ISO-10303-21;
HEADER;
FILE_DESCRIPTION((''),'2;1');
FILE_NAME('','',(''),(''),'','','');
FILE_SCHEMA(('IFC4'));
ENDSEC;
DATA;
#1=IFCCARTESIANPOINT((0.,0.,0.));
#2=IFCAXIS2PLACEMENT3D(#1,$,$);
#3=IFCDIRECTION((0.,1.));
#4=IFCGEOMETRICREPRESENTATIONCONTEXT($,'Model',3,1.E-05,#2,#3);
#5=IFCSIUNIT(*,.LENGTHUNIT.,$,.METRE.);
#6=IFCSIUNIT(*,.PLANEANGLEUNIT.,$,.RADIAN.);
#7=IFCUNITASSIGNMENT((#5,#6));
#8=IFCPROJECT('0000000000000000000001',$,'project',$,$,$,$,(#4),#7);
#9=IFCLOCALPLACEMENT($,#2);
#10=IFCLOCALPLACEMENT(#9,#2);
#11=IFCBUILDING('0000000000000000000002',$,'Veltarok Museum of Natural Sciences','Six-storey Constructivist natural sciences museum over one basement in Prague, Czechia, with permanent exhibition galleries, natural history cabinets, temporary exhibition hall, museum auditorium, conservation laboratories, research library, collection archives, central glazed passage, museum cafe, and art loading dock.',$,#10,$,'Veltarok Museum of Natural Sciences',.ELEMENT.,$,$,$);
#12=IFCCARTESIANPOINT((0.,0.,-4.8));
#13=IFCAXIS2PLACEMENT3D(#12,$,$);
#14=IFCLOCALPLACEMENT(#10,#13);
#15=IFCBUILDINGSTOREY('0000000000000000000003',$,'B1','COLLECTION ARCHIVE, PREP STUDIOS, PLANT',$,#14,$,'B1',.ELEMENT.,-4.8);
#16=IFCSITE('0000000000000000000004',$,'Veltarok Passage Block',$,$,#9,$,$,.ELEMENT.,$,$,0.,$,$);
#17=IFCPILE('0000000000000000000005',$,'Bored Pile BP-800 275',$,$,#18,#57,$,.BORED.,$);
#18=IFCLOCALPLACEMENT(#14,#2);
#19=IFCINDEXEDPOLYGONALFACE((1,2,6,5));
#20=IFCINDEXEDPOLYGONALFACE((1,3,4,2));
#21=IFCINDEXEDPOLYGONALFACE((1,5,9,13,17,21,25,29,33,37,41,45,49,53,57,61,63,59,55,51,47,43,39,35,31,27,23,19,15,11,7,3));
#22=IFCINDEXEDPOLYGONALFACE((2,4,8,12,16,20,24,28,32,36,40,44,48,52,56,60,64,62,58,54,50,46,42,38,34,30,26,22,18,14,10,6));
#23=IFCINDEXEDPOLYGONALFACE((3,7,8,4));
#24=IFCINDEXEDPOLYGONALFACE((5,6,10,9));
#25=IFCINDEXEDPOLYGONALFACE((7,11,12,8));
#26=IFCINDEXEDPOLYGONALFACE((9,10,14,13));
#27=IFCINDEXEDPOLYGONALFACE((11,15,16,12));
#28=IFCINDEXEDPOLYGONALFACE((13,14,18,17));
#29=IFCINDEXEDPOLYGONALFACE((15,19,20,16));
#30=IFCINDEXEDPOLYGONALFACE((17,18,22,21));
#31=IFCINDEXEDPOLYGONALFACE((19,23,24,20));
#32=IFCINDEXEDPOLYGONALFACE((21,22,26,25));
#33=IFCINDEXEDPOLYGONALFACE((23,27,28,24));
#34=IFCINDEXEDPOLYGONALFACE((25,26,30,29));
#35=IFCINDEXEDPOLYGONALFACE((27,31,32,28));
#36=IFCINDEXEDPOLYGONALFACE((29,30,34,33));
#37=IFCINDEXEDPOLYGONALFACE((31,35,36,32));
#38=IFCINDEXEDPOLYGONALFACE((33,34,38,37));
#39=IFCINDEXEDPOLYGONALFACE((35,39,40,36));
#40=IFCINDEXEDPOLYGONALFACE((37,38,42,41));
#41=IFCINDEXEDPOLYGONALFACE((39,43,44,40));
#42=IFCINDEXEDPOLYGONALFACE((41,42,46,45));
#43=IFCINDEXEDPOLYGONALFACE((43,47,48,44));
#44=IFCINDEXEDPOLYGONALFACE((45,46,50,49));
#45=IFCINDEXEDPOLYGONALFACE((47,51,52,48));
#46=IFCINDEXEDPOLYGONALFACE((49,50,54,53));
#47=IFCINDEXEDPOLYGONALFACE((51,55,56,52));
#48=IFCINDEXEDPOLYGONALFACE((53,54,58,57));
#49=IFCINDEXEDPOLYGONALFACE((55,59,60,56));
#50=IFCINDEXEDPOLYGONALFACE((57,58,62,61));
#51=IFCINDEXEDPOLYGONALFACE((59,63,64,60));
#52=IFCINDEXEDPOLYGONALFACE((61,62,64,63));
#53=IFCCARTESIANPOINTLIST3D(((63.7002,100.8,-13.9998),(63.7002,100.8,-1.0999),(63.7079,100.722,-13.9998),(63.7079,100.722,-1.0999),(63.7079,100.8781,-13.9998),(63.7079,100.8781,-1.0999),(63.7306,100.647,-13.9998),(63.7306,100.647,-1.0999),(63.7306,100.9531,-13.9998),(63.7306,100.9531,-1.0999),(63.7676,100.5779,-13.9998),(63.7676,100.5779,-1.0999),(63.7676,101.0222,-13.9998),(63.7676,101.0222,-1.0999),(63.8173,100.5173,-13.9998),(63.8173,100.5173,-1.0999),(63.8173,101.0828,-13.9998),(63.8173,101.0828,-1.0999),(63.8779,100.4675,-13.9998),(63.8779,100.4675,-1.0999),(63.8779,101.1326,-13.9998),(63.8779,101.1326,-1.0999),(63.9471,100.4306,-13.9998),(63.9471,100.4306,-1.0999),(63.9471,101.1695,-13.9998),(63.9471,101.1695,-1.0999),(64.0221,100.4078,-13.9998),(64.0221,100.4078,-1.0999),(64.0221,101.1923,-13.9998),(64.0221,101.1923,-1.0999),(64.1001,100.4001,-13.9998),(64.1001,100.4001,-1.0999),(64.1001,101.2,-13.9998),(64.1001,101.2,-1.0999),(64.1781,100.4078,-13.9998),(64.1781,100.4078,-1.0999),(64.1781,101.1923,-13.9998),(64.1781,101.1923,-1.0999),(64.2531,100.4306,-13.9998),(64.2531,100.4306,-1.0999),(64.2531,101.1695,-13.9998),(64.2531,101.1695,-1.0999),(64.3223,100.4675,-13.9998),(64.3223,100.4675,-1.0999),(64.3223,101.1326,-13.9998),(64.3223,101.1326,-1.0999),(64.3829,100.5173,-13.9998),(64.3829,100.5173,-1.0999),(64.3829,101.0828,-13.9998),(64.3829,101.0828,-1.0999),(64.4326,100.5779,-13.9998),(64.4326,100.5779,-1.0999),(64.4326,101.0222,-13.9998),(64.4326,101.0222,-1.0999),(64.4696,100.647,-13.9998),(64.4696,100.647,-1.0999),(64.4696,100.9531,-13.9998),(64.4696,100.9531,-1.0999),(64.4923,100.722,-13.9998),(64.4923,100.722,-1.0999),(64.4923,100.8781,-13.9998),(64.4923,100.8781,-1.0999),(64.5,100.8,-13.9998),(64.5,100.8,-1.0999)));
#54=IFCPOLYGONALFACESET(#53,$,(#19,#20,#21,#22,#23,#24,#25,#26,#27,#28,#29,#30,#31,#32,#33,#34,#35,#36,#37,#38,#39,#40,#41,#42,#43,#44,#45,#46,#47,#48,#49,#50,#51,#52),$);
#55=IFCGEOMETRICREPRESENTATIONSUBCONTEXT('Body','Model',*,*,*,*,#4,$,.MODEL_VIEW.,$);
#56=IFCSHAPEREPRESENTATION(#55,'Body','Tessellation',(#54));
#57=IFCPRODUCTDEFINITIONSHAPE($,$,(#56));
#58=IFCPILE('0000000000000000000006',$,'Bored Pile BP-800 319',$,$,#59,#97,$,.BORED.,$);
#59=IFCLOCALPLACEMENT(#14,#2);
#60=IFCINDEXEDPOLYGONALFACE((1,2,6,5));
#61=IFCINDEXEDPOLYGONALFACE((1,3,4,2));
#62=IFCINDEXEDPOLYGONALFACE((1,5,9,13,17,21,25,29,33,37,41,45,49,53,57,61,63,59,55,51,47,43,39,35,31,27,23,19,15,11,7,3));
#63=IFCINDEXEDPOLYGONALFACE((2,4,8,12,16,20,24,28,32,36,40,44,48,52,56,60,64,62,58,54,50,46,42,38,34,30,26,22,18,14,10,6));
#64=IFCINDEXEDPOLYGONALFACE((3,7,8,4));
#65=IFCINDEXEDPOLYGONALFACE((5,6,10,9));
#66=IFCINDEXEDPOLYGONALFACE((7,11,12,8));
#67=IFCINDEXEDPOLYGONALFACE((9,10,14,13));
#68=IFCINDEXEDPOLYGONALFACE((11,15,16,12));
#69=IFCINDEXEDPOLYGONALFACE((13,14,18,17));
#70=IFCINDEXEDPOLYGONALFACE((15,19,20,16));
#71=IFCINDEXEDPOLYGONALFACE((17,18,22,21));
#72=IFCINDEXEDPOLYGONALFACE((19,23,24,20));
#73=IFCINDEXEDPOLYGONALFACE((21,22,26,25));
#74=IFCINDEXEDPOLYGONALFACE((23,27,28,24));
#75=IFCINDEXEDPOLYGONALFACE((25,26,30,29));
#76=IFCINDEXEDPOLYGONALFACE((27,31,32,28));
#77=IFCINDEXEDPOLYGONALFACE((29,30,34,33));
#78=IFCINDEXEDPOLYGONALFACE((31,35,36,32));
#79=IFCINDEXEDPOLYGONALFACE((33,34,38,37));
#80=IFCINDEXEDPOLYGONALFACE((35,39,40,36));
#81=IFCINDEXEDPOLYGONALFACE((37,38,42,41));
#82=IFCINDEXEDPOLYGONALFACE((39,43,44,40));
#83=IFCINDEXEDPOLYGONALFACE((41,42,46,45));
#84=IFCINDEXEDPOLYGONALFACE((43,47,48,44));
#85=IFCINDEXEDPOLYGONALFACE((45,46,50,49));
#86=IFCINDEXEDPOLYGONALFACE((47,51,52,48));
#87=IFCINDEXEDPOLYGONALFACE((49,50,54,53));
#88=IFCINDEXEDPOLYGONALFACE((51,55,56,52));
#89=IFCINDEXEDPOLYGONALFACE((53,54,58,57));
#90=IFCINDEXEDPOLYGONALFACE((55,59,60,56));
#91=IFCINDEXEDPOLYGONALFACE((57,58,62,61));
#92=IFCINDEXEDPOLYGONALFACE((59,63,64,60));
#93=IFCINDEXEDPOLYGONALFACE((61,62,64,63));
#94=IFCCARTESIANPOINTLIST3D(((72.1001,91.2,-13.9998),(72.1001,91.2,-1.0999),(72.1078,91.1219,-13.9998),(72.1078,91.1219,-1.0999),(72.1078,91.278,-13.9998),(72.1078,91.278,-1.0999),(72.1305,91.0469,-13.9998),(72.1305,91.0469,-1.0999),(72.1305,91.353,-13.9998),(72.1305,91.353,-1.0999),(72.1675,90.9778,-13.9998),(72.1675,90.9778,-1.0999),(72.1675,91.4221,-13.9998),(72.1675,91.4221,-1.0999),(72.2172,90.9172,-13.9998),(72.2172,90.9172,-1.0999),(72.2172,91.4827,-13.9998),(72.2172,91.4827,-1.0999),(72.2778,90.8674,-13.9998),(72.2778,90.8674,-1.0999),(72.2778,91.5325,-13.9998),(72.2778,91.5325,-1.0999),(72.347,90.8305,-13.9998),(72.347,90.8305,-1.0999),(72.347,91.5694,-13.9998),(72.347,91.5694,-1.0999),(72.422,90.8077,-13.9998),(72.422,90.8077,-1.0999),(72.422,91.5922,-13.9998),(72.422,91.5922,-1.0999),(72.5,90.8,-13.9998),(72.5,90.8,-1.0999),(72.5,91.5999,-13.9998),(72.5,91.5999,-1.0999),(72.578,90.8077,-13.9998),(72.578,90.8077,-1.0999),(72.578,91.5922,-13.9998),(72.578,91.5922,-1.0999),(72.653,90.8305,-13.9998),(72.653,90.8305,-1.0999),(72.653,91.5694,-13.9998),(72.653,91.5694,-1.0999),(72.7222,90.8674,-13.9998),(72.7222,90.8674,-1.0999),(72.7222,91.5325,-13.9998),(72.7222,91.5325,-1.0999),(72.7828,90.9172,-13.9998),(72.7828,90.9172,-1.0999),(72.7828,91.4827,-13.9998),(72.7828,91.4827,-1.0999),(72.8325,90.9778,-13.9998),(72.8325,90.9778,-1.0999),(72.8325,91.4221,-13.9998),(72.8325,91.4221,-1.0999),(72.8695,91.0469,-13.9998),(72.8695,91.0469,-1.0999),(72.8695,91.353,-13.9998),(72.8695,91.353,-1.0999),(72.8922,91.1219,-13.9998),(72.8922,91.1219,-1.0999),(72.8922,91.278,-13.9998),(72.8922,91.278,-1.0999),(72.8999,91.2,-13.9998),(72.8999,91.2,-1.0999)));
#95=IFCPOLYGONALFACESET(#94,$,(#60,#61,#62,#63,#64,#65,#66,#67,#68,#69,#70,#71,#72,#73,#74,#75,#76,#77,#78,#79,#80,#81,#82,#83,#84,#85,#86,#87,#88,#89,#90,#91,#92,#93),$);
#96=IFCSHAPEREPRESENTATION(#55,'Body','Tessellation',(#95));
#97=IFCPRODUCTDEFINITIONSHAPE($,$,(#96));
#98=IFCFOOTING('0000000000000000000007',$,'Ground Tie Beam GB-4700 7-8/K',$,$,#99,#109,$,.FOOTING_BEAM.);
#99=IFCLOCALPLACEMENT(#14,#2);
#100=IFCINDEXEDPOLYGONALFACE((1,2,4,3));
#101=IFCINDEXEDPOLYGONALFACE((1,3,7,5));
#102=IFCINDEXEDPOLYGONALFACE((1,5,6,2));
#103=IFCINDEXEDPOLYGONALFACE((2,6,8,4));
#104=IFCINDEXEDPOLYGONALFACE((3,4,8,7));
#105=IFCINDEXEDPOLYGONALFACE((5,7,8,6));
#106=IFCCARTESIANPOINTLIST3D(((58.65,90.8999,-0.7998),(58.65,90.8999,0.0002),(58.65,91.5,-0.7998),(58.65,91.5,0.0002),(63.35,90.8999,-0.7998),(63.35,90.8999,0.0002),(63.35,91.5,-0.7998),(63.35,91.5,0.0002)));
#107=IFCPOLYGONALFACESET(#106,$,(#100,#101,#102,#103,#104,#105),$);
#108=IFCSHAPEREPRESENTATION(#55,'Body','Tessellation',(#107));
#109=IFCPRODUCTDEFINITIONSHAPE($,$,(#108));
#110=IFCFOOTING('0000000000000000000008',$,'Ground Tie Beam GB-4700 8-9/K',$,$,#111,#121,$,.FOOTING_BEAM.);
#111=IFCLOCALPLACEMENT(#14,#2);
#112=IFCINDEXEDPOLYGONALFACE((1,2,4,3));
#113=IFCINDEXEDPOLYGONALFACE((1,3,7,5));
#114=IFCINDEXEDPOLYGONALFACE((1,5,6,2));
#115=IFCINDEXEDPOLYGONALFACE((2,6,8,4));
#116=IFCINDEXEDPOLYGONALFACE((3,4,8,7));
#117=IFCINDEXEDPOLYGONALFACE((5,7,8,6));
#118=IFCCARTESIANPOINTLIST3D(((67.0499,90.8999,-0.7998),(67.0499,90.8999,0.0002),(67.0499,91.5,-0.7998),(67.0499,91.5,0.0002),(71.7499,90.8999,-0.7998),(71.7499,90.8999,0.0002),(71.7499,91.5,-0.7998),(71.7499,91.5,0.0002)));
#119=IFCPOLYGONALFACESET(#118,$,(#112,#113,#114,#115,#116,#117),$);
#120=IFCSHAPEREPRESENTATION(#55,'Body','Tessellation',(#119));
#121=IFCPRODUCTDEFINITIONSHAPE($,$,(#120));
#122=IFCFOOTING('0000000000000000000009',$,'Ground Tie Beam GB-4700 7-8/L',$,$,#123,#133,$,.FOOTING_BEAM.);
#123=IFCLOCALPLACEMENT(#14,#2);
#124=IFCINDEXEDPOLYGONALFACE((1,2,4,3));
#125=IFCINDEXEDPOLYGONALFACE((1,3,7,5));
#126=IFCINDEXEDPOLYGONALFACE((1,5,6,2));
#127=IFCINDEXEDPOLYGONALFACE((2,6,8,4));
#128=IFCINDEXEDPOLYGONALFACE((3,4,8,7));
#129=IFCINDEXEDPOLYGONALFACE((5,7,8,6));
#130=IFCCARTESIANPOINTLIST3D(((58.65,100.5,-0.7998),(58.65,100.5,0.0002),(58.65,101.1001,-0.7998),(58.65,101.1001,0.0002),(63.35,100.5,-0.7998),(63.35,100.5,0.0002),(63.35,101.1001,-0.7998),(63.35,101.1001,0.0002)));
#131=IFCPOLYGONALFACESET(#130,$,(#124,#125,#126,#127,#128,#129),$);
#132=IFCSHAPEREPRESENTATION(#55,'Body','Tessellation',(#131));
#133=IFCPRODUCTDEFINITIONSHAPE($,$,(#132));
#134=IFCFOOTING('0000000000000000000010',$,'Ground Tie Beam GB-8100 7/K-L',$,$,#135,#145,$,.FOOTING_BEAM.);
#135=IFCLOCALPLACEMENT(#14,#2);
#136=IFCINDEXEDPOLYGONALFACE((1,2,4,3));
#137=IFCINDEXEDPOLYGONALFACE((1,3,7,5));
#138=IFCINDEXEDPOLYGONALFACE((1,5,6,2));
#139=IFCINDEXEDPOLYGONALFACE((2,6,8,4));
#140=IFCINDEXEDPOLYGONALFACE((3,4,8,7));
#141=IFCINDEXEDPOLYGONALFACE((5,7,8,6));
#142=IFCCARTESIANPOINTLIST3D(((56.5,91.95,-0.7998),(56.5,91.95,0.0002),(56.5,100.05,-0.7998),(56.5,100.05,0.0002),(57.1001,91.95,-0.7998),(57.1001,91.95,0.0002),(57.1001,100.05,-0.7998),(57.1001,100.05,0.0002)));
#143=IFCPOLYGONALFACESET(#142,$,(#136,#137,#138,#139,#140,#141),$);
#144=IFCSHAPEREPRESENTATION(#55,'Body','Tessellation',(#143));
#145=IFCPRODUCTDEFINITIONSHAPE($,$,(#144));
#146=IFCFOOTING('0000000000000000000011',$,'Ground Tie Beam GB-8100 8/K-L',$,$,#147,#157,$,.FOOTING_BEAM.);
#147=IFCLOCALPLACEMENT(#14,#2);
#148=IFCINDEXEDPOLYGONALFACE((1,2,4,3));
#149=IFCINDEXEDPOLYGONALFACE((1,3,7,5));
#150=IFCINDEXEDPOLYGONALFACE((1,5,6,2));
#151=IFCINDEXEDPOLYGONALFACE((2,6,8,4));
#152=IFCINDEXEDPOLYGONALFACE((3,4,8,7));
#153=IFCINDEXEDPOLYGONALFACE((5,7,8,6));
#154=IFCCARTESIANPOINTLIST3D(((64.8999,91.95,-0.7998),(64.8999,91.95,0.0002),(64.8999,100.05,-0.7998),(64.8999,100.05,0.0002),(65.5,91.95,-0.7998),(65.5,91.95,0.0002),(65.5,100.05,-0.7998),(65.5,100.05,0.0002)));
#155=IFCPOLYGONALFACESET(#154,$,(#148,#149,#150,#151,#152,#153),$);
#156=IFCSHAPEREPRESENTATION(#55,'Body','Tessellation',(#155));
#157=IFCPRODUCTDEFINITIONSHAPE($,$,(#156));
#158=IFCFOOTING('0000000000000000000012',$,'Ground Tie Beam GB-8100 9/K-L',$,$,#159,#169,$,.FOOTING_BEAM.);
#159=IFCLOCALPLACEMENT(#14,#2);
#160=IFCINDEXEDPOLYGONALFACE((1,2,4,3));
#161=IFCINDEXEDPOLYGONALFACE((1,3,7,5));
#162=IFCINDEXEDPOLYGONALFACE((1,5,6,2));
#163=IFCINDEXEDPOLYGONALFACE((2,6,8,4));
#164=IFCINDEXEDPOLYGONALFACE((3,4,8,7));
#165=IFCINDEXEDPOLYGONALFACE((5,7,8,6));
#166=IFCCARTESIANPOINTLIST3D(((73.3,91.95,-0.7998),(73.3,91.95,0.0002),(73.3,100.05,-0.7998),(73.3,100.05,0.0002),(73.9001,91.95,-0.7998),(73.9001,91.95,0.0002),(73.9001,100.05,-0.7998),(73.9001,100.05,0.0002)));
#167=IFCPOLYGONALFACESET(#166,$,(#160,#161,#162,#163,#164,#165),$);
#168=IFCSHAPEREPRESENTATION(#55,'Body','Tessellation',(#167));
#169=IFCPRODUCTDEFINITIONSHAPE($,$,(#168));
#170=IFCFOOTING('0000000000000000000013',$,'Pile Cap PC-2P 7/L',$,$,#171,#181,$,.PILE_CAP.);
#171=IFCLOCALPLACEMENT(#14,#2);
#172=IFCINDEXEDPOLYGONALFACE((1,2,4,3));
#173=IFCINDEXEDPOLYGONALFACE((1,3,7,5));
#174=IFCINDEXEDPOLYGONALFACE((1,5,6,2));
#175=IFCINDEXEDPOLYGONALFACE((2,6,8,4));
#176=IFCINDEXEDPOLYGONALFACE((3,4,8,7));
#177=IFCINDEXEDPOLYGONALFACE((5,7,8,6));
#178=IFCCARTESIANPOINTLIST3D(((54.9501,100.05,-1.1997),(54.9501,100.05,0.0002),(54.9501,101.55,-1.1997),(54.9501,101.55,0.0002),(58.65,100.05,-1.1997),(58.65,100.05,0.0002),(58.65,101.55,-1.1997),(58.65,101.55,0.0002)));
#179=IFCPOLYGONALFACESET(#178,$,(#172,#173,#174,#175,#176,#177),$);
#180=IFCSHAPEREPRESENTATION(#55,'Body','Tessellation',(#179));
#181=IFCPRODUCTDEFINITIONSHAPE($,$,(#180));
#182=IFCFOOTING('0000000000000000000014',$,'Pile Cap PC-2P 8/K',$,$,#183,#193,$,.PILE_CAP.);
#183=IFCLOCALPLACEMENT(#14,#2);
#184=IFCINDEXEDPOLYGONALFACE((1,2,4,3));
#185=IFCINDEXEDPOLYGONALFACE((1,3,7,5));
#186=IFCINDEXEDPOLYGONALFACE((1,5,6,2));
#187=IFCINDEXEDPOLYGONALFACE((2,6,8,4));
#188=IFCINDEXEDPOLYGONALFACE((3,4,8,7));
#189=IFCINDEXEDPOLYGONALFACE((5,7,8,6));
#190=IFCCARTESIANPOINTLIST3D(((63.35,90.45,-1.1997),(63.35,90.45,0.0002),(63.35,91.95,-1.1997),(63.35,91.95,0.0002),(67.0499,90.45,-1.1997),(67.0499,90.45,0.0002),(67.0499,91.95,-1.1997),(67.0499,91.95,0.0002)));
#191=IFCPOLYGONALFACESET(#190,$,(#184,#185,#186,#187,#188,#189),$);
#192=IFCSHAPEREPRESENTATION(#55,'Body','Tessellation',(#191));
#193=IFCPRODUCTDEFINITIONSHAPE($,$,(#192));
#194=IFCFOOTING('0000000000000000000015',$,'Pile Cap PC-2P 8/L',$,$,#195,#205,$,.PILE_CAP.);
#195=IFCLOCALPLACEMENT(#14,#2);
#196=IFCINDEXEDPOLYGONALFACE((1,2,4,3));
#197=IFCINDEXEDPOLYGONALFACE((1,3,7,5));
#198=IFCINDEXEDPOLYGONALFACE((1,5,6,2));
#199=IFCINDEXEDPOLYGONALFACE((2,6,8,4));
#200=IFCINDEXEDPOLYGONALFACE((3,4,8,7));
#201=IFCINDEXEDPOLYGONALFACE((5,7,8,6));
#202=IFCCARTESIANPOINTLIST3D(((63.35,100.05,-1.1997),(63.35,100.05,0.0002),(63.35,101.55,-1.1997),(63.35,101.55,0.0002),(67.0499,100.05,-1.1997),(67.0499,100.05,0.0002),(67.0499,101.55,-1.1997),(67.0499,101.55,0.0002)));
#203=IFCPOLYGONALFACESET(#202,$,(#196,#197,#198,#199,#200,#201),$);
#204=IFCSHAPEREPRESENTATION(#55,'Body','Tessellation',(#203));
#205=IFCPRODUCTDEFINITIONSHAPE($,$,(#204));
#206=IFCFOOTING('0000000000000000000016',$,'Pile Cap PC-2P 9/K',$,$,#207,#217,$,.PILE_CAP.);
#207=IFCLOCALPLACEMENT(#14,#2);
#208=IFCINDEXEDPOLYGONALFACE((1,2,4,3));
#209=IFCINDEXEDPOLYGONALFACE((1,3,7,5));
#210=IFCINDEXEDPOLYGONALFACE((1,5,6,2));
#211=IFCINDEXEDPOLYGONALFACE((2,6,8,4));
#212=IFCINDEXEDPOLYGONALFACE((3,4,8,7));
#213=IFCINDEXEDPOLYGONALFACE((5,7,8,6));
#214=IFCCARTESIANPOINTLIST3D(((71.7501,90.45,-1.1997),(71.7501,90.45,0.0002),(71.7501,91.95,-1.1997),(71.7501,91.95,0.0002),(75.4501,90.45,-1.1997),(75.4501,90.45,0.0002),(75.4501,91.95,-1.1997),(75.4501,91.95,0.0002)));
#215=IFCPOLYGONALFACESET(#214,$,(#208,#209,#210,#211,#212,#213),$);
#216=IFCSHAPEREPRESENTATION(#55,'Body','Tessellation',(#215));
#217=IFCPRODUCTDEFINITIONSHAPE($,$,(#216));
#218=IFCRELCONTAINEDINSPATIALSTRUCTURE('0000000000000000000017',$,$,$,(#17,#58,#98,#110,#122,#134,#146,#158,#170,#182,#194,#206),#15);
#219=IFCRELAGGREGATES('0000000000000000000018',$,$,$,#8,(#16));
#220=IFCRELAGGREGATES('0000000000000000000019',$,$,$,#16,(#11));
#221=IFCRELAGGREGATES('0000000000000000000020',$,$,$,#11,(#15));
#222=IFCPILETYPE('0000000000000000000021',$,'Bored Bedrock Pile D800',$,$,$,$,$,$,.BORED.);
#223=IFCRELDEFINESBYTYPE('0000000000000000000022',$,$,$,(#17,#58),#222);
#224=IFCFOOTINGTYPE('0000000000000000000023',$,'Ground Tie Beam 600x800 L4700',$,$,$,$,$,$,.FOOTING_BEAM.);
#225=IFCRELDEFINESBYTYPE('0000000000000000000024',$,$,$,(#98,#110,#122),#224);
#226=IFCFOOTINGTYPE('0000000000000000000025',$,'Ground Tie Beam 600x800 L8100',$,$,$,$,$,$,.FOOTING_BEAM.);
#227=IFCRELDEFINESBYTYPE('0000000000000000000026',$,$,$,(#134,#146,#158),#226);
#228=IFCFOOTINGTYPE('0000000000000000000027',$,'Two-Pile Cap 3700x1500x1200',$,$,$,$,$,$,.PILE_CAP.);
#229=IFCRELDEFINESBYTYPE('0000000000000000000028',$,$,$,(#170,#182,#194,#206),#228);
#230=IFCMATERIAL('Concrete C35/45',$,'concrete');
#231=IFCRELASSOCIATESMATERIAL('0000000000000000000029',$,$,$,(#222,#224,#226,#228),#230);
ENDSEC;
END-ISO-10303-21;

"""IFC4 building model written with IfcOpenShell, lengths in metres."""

from ifc_helpers import new_model, si_unit, direction, frame, origin, origin_2d, place, context, subcontext, project, spatial, rectangle, circle, extrude, material, material_profile, profile_set, type_object, element, save


model = new_model("IFC4")

# Units and contexts
model_context = context("Model", 3, precision=1e-05, world=origin(), true_north=direction((0.0, 1.0)))
body_context = subcontext(model_context, "Body", "Model", "MODEL_VIEW")
ifc_project = project(units=[si_unit("LENGTHUNIT", "METRE"), si_unit("PLANEANGLEUNIT", "RADIAN")], contexts=[model_context])

# Site, building, storey
site_placement = place(None, origin())
site = spatial("IfcSite", under=ifc_project, at=site_placement, Name="Veltarok Passage Block", CompositionType="ELEMENT", RefElevation=0.0)
building_placement = place(site_placement, origin())
building = spatial("IfcBuilding", under=site, at=building_placement, Name="Veltarok Museum of Natural Sciences", Description="Six-storey Constructivist natural sciences museum over one basement in Prague, Czechia, with permanent exhibition galleries, natural history cabinets, temporary exhibition hall, museum auditorium, conservation laboratories, research library, collection archives, central glazed passage, museum cafe, and art loading dock.", LongName="Veltarok Museum of Natural Sciences", CompositionType="ELEMENT")
storey_placement = place(building_placement, frame((0.0, 0.0, -4.8)))
storey = spatial("IfcBuildingStorey", under=building, at=storey_placement, Name="B1", Description="COLLECTION ARCHIVE, PREP STUDIOS, PLANT", LongName="B1", CompositionType="ELEMENT", Elevation=-4.8)

# Piles
ifc_material_1 = material(Name="Concrete C35/45", Category="concrete")
ifc_material_profile_1 = material_profile(ifc_material_1, circle(Radius=0.3999, at=origin_2d()), Name="BP D800")
ifc_profile_set_1 = profile_set([ifc_material_profile_1], Name="Concrete C35/45")
pile_type = type_object("IfcPileType", Name="Bored Bedrock Pile D800", PredefinedType="BORED", material=ifc_profile_set_1)
for number, where, z_axis, x_axis, name in (
    (1, (64.1001, 100.8, -1.0999), (0.0, 0.0, -1.0), (1.0, 0.0, 0.0), "Bored Pile BP-800 275"),
    (2, (72.5, 91.2, -1.0999), (0.0, 0.0, -1.0), (1.0, 0.0, 0.0), "Bored Pile BP-800 319"),
):
    element("IfcPile", number, at=place(storey_placement, frame(where, z_axis=z_axis, x_axis=x_axis)), inside=storey, type_object=pile_type, Name=name, PredefinedType="BORED", context=body_context, shape_type="SweptSolid", body=[
        extrude(circle(Radius=0.3999, at=origin_2d()), origin(), (0.0, 0.0, 1.0), 12.8999),
    ])

# Footings
footing_type_1 = type_object("IfcFootingType", Name="Ground Tie Beam 600x800 L4700", PredefinedType="FOOTING_BEAM", material=ifc_material_1)
for number, where, z_axis, x_axis, name in (
    (3, (61.0, 91.2, -0.7998), (0.0, 0.0, 1.0), (1.0, 0.0, 0.0), "Ground Tie Beam GB-4700 7-8/K"),
    (4, (69.3999, 91.2, -0.7998), (0.0, 0.0, 1.0), (1.0, 0.0, 0.0), "Ground Tie Beam GB-4700 8-9/K"),
    (5, (61.0, 100.8, -0.7998), (0.0, 0.0, 1.0), (1.0, 0.0, 0.0), "Ground Tie Beam GB-4700 7-8/L"),
):
    element("IfcFooting", number, at=place(storey_placement, frame(where, z_axis=z_axis, x_axis=x_axis)), inside=storey, type_object=footing_type_1, Name=name, PredefinedType="FOOTING_BEAM", context=body_context, shape_type="SweptSolid", body=[
        extrude(rectangle(XDim=4.7, YDim=0.6001, at=origin_2d()), origin(), (0.0, 0.0, 1.0), 0.8),
    ])
footing_type_2 = type_object("IfcFootingType", Name="Ground Tie Beam 600x800 L8100", PredefinedType="FOOTING_BEAM", material=ifc_material_1)
for number, where, z_axis, x_axis, name in (
    (6, (56.8, 96.0, -0.7998), (0.0, 0.0, 1.0), (0.0, 1.0, 0.0), "Ground Tie Beam GB-8100 7/K-L"),
    (7, (65.2, 96.0, -0.7998), (0.0, 0.0, 1.0), (0.0, 1.0, 0.0), "Ground Tie Beam GB-8100 8/K-L"),
    (8, (73.6001, 96.0, -0.7998), (0.0, 0.0, 1.0), (0.0, 1.0, 0.0), "Ground Tie Beam GB-8100 9/K-L"),
):
    element("IfcFooting", number, at=place(storey_placement, frame(where, z_axis=z_axis, x_axis=x_axis)), inside=storey, type_object=footing_type_2, Name=name, PredefinedType="FOOTING_BEAM", context=body_context, shape_type="SweptSolid", body=[
        extrude(rectangle(XDim=8.1001, YDim=0.6001, at=origin_2d()), origin(), (0.0, 0.0, 1.0), 0.8),
    ])
footing_type_3 = type_object("IfcFootingType", Name="Two-Pile Cap 3700x1500x1200", PredefinedType="PILE_CAP", material=ifc_material_1)
for number, where, z_axis, x_axis, name in (
    (9, (56.8, 100.8, -1.1997), (0.0, 0.0, 1.0), (1.0, 0.0, 0.0), "Pile Cap PC-2P 7/L"),
    (10, (65.2, 91.2, -1.1997), (0.0, 0.0, 1.0), (1.0, 0.0, 0.0), "Pile Cap PC-2P 8/K"),
    (11, (65.2, 100.8, -1.1997), (0.0, 0.0, 1.0), (1.0, 0.0, 0.0), "Pile Cap PC-2P 8/L"),
    (12, (73.6001, 91.2, -1.1997), (0.0, 0.0, 1.0), (1.0, 0.0, 0.0), "Pile Cap PC-2P 9/K"),
):
    element("IfcFooting", number, at=place(storey_placement, frame(where, z_axis=z_axis, x_axis=x_axis)), inside=storey, type_object=footing_type_3, Name=name, PredefinedType="PILE_CAP", context=body_context, shape_type="SweptSolid", body=[
        extrude(rectangle(XDim=3.7, YDim=1.5, at=origin_2d()), origin(), (0.0, 0.0, 1.0), 1.2),
    ])

save(model, "model.ifc")
